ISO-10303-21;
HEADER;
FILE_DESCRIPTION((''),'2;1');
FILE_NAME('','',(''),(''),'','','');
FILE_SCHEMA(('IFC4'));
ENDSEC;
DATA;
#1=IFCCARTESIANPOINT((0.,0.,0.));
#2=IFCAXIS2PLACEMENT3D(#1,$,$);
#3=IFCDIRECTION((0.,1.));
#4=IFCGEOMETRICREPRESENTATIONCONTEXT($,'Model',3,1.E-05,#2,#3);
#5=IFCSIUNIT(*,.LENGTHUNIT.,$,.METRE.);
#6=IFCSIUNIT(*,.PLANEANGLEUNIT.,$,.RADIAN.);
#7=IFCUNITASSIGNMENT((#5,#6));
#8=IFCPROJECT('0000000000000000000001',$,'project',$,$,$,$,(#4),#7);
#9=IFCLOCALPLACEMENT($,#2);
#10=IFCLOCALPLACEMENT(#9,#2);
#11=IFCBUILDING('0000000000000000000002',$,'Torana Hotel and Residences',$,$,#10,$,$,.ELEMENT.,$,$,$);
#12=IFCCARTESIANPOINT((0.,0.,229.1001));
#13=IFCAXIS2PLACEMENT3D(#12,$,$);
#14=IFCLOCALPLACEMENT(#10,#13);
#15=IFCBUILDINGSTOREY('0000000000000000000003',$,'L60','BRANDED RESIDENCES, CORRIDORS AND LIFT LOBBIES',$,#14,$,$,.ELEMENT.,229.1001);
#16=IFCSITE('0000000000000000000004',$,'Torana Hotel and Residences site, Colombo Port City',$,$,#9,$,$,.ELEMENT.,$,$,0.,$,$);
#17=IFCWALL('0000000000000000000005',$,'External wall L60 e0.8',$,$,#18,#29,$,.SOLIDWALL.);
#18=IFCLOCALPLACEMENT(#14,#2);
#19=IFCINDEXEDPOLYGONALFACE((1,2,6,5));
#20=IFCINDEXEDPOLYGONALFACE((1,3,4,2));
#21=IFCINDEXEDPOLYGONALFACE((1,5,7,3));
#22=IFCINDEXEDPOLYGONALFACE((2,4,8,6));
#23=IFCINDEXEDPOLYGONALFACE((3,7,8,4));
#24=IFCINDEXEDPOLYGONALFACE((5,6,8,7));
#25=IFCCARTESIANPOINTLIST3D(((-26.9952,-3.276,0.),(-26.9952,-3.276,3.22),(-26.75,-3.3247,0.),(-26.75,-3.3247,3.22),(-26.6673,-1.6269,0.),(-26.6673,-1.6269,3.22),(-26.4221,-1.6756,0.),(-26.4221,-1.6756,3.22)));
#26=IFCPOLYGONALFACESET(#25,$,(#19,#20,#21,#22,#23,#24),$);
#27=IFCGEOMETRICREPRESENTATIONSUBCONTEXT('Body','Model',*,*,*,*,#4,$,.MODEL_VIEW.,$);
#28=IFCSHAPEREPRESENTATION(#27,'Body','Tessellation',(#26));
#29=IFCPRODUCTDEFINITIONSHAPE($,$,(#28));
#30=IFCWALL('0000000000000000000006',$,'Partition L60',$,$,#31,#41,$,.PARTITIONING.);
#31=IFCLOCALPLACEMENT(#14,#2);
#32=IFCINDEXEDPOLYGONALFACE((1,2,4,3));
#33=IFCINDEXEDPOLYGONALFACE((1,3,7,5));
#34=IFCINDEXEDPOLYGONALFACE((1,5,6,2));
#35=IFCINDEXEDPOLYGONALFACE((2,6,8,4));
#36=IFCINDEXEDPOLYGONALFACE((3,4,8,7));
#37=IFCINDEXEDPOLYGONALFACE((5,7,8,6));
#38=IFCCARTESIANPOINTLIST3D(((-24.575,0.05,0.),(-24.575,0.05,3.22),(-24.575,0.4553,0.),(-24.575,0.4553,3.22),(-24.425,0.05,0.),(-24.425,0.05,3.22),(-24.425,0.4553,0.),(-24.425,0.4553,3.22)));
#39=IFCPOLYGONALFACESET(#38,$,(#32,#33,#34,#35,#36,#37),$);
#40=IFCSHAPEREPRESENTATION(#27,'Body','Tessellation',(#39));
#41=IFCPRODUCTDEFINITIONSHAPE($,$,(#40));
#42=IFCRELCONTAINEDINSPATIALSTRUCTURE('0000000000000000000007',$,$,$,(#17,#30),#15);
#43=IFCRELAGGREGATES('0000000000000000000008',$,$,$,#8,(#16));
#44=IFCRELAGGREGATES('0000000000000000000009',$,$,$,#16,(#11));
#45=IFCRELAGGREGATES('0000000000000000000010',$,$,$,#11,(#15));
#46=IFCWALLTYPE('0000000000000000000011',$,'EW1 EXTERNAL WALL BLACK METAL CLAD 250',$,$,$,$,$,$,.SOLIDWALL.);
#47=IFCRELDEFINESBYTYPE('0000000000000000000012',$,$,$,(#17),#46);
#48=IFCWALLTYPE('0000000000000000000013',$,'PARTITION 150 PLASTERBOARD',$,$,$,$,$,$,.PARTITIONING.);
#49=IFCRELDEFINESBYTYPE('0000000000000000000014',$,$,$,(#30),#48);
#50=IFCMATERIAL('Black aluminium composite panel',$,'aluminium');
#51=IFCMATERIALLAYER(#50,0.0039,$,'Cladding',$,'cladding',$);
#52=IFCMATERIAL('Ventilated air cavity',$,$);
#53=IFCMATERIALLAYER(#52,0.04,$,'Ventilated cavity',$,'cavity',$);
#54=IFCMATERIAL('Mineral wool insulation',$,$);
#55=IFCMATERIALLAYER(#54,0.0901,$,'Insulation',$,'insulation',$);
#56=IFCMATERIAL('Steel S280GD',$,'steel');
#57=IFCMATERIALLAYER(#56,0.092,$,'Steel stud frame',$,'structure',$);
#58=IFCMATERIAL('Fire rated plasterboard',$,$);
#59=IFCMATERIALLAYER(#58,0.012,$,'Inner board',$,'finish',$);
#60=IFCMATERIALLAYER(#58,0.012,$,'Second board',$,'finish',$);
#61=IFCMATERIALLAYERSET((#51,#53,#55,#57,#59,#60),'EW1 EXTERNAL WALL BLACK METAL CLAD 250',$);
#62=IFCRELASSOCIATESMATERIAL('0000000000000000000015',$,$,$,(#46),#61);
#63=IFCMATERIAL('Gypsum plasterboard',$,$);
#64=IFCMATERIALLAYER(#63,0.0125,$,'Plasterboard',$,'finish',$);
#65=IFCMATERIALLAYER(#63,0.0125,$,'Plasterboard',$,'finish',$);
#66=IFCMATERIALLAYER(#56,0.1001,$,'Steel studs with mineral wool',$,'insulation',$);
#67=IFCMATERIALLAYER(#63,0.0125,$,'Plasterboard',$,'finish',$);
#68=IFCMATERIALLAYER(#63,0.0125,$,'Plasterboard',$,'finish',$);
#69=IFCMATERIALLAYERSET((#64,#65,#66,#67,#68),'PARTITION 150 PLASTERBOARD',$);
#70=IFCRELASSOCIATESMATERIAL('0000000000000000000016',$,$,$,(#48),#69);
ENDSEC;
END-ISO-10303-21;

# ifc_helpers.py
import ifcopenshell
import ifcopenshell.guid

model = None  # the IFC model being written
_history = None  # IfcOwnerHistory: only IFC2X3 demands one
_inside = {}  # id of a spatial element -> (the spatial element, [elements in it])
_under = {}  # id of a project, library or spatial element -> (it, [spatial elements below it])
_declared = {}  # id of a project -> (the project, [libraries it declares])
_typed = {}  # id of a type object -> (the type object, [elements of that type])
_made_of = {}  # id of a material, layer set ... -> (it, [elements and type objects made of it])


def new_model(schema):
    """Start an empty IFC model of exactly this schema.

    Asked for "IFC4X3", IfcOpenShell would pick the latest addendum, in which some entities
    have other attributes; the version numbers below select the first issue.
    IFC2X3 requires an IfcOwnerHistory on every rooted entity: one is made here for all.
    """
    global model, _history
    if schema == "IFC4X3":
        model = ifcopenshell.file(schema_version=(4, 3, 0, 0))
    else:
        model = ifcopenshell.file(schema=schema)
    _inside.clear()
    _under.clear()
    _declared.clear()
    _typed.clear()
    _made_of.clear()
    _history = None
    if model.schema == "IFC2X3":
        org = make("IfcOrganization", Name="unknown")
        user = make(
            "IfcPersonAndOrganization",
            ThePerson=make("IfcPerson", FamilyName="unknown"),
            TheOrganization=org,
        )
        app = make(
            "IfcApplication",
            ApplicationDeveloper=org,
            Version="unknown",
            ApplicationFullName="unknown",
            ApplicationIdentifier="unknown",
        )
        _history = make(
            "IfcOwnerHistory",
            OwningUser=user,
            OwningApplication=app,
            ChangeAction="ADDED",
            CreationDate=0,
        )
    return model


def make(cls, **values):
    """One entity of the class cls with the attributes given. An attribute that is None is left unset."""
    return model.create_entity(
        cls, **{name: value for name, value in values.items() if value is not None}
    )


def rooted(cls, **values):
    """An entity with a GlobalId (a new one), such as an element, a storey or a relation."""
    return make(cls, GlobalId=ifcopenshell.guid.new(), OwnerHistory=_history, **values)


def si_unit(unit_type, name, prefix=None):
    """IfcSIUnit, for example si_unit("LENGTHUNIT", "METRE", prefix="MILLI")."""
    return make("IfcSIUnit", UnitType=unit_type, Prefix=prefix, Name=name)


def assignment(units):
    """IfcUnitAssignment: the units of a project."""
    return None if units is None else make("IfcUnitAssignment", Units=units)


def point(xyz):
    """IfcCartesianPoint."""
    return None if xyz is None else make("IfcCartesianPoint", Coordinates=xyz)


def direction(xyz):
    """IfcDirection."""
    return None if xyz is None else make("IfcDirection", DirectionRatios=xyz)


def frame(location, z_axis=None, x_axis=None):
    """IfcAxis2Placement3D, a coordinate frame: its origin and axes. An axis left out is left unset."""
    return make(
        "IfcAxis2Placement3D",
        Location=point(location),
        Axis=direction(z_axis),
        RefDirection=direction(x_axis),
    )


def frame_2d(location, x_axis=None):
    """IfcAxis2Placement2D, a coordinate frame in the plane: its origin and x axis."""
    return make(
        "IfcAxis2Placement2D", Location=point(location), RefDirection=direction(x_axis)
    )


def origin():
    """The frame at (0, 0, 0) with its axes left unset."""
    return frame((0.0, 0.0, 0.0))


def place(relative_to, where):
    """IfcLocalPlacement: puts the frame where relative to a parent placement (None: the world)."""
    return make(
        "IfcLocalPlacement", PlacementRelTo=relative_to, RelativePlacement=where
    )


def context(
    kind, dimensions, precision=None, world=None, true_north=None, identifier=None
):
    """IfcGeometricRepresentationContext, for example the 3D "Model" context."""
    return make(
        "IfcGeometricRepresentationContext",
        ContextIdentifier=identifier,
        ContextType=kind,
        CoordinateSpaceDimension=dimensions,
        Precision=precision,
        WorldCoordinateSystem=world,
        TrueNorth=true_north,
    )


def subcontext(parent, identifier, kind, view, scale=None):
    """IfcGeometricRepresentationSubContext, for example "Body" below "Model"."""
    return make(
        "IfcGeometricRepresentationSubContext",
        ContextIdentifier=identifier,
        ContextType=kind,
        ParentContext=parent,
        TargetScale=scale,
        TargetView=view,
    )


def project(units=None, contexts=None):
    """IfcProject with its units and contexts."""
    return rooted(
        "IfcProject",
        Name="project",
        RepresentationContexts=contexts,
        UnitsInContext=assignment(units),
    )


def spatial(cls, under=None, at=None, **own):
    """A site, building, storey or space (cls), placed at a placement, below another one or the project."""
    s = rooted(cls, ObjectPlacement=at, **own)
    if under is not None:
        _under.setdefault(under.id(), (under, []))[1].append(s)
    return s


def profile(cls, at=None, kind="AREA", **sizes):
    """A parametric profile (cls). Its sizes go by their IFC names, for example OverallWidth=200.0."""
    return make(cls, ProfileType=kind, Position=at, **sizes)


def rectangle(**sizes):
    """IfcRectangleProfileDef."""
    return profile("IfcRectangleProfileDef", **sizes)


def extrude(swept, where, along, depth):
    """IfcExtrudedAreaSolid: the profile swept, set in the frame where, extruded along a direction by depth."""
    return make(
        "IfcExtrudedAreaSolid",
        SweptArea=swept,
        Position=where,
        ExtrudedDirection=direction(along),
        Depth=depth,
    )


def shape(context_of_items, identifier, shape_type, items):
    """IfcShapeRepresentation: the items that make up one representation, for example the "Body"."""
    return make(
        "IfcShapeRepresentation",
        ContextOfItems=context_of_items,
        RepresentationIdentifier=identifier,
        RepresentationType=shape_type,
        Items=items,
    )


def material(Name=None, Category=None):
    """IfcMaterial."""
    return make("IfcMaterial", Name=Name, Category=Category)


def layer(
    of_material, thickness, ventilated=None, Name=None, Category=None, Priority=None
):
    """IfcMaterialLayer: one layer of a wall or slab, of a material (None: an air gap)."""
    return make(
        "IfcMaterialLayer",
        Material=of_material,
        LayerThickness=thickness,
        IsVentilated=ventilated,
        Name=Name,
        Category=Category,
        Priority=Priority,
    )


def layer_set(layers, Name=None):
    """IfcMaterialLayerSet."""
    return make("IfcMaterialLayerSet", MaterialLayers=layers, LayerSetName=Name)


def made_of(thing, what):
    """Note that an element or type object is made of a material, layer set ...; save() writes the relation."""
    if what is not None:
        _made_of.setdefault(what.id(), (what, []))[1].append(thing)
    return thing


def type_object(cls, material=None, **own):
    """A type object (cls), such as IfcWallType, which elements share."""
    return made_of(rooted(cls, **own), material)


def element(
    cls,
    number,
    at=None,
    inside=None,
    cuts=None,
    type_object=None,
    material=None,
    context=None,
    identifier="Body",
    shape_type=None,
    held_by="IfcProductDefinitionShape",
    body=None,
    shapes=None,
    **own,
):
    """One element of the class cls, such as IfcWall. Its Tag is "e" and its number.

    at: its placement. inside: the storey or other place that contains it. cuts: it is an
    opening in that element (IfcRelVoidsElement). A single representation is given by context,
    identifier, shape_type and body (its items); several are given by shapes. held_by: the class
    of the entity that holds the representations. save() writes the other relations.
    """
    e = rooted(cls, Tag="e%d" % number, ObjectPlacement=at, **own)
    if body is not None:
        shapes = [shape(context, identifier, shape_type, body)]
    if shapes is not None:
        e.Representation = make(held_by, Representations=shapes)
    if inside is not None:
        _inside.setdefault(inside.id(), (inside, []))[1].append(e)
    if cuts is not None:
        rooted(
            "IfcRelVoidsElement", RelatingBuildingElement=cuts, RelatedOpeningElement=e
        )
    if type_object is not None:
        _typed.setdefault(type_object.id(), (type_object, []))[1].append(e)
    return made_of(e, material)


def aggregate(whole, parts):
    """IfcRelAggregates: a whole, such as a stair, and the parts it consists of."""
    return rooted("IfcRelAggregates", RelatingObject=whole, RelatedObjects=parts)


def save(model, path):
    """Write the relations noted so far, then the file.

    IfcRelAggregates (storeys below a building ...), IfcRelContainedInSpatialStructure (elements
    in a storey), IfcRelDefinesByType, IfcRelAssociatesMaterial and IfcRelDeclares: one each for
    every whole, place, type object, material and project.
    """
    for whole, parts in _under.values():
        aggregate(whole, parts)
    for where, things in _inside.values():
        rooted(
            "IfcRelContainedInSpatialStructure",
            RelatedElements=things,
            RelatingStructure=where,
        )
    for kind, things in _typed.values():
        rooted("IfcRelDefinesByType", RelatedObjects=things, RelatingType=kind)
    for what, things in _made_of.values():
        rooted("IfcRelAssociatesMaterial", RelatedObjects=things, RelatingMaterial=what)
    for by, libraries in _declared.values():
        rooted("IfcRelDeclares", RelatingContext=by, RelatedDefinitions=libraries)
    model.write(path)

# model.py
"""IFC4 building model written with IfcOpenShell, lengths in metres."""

from ifc_helpers import new_model, si_unit, direction, frame, frame_2d, origin, place, context, subcontext, project, spatial, rectangle, extrude, material, layer, layer_set, type_object, element, save


model = new_model("IFC4")

# Units and contexts
model_context = context("Model", 3, precision=1e-05, world=origin(), true_north=direction((0.0, 1.0)))
body_context = subcontext(model_context, "Body", "Model", "MODEL_VIEW")
ifc_project = project(units=[si_unit("LENGTHUNIT", "METRE"), si_unit("PLANEANGLEUNIT", "RADIAN")], contexts=[model_context])

# Site, building, storey
site_placement = place(None, origin())
site = spatial("IfcSite", under=ifc_project, at=site_placement, Name="Torana Hotel and Residences site, Colombo Port City", CompositionType="ELEMENT", RefElevation=0.0)
building_placement = place(site_placement, origin())
building = spatial("IfcBuilding", under=site, at=building_placement, Name="Torana Hotel and Residences", CompositionType="ELEMENT")
storey_placement = place(building_placement, frame((0.0, 0.0, 229.1001)))
storey = spatial("IfcBuildingStorey", under=building, at=storey_placement, Name="L60", Description="BRANDED RESIDENCES, CORRIDORS AND LIFT LOBBIES", CompositionType="ELEMENT", Elevation=229.1001)

# Wall
ifc_material_1 = material(Name="Black aluminium composite panel", Category="aluminium")
ifc_layer_1 = layer(ifc_material_1, 0.0039, Name="Cladding", Category="cladding")
ifc_material_2 = material(Name="Ventilated air cavity")
ifc_layer_2 = layer(ifc_material_2, 0.04, Name="Ventilated cavity", Category="cavity")
ifc_material_3 = material(Name="Mineral wool insulation")
ifc_layer_3 = layer(ifc_material_3, 0.0901, Name="Insulation", Category="insulation")
ifc_material_4 = material(Name="Steel S280GD", Category="steel")
ifc_layer_4 = layer(ifc_material_4, 0.092, Name="Steel stud frame", Category="structure")
ifc_material_5 = material(Name="Fire rated plasterboard")
ifc_layer_5 = layer(ifc_material_5, 0.012, Name="Inner board", Category="finish")
ifc_layer_6 = layer(ifc_material_5, 0.012, Name="Second board", Category="finish")
ifc_layer_set_1 = layer_set([ifc_layer_1, ifc_layer_2, ifc_layer_3, ifc_layer_4, ifc_layer_5, ifc_layer_6], Name="EW1 EXTERNAL WALL BLACK METAL CLAD 250")
wall_type_1 = type_object("IfcWallType", Name="EW1 EXTERNAL WALL BLACK METAL CLAD 250", PredefinedType="SOLIDWALL", material=ifc_layer_set_1)
wall_1_placement = place(storey_placement, frame((-26.5447, -1.6511, 0.0), z_axis=(0.0, 0.0, 1.0), x_axis=(-0.194999, -0.980803, 0.0)))
element("IfcWall", 1, at=wall_1_placement, inside=storey, type_object=wall_type_1, Name="External wall L60 e0.8", PredefinedType="SOLIDWALL", context=body_context, shape_type="SweptSolid", body=[
    extrude(rectangle(XDim=1.6814, YDim=0.25, at=frame_2d((0.8408, 0.0))), origin(), (0.0, 0.0, 1.0), 3.22),
])

# Wall
ifc_material_6 = material(Name="Gypsum plasterboard")
ifc_layer_7 = layer(ifc_material_6, 0.0125, Name="Plasterboard", Category="finish")
ifc_layer_8 = layer(ifc_material_6, 0.0125, Name="Plasterboard", Category="finish")
ifc_layer_9 = layer(ifc_material_4, 0.1001, Name="Steel studs with mineral wool", Category="insulation")
ifc_layer_10 = layer(ifc_material_6, 0.0125, Name="Plasterboard", Category="finish")
ifc_layer_11 = layer(ifc_material_6, 0.0125, Name="Plasterboard", Category="finish")
ifc_layer_set_2 = layer_set([ifc_layer_7, ifc_layer_8, ifc_layer_9, ifc_layer_10, ifc_layer_11], Name="PARTITION 150 PLASTERBOARD")
wall_type_2 = type_object("IfcWallType", Name="PARTITION 150 PLASTERBOARD", PredefinedType="PARTITIONING", material=ifc_layer_set_2)
wall_2_placement = place(storey_placement, frame((-24.5, 0.05, 0.0), z_axis=(0.0, 0.0, 1.0), x_axis=(0.0, 1.0, 0.0)))
element("IfcWall", 2, at=wall_2_placement, inside=storey, type_object=wall_type_2, Name="Partition L60", PredefinedType="PARTITIONING", context=body_context, shape_type="SweptSolid", body=[
    extrude(rectangle(XDim=0.4053, YDim=0.1499, at=frame_2d((0.2026, 0.0))), origin(), (0.0, 0.0, 1.0), 3.22),
])

save(model, "model.ifc")
